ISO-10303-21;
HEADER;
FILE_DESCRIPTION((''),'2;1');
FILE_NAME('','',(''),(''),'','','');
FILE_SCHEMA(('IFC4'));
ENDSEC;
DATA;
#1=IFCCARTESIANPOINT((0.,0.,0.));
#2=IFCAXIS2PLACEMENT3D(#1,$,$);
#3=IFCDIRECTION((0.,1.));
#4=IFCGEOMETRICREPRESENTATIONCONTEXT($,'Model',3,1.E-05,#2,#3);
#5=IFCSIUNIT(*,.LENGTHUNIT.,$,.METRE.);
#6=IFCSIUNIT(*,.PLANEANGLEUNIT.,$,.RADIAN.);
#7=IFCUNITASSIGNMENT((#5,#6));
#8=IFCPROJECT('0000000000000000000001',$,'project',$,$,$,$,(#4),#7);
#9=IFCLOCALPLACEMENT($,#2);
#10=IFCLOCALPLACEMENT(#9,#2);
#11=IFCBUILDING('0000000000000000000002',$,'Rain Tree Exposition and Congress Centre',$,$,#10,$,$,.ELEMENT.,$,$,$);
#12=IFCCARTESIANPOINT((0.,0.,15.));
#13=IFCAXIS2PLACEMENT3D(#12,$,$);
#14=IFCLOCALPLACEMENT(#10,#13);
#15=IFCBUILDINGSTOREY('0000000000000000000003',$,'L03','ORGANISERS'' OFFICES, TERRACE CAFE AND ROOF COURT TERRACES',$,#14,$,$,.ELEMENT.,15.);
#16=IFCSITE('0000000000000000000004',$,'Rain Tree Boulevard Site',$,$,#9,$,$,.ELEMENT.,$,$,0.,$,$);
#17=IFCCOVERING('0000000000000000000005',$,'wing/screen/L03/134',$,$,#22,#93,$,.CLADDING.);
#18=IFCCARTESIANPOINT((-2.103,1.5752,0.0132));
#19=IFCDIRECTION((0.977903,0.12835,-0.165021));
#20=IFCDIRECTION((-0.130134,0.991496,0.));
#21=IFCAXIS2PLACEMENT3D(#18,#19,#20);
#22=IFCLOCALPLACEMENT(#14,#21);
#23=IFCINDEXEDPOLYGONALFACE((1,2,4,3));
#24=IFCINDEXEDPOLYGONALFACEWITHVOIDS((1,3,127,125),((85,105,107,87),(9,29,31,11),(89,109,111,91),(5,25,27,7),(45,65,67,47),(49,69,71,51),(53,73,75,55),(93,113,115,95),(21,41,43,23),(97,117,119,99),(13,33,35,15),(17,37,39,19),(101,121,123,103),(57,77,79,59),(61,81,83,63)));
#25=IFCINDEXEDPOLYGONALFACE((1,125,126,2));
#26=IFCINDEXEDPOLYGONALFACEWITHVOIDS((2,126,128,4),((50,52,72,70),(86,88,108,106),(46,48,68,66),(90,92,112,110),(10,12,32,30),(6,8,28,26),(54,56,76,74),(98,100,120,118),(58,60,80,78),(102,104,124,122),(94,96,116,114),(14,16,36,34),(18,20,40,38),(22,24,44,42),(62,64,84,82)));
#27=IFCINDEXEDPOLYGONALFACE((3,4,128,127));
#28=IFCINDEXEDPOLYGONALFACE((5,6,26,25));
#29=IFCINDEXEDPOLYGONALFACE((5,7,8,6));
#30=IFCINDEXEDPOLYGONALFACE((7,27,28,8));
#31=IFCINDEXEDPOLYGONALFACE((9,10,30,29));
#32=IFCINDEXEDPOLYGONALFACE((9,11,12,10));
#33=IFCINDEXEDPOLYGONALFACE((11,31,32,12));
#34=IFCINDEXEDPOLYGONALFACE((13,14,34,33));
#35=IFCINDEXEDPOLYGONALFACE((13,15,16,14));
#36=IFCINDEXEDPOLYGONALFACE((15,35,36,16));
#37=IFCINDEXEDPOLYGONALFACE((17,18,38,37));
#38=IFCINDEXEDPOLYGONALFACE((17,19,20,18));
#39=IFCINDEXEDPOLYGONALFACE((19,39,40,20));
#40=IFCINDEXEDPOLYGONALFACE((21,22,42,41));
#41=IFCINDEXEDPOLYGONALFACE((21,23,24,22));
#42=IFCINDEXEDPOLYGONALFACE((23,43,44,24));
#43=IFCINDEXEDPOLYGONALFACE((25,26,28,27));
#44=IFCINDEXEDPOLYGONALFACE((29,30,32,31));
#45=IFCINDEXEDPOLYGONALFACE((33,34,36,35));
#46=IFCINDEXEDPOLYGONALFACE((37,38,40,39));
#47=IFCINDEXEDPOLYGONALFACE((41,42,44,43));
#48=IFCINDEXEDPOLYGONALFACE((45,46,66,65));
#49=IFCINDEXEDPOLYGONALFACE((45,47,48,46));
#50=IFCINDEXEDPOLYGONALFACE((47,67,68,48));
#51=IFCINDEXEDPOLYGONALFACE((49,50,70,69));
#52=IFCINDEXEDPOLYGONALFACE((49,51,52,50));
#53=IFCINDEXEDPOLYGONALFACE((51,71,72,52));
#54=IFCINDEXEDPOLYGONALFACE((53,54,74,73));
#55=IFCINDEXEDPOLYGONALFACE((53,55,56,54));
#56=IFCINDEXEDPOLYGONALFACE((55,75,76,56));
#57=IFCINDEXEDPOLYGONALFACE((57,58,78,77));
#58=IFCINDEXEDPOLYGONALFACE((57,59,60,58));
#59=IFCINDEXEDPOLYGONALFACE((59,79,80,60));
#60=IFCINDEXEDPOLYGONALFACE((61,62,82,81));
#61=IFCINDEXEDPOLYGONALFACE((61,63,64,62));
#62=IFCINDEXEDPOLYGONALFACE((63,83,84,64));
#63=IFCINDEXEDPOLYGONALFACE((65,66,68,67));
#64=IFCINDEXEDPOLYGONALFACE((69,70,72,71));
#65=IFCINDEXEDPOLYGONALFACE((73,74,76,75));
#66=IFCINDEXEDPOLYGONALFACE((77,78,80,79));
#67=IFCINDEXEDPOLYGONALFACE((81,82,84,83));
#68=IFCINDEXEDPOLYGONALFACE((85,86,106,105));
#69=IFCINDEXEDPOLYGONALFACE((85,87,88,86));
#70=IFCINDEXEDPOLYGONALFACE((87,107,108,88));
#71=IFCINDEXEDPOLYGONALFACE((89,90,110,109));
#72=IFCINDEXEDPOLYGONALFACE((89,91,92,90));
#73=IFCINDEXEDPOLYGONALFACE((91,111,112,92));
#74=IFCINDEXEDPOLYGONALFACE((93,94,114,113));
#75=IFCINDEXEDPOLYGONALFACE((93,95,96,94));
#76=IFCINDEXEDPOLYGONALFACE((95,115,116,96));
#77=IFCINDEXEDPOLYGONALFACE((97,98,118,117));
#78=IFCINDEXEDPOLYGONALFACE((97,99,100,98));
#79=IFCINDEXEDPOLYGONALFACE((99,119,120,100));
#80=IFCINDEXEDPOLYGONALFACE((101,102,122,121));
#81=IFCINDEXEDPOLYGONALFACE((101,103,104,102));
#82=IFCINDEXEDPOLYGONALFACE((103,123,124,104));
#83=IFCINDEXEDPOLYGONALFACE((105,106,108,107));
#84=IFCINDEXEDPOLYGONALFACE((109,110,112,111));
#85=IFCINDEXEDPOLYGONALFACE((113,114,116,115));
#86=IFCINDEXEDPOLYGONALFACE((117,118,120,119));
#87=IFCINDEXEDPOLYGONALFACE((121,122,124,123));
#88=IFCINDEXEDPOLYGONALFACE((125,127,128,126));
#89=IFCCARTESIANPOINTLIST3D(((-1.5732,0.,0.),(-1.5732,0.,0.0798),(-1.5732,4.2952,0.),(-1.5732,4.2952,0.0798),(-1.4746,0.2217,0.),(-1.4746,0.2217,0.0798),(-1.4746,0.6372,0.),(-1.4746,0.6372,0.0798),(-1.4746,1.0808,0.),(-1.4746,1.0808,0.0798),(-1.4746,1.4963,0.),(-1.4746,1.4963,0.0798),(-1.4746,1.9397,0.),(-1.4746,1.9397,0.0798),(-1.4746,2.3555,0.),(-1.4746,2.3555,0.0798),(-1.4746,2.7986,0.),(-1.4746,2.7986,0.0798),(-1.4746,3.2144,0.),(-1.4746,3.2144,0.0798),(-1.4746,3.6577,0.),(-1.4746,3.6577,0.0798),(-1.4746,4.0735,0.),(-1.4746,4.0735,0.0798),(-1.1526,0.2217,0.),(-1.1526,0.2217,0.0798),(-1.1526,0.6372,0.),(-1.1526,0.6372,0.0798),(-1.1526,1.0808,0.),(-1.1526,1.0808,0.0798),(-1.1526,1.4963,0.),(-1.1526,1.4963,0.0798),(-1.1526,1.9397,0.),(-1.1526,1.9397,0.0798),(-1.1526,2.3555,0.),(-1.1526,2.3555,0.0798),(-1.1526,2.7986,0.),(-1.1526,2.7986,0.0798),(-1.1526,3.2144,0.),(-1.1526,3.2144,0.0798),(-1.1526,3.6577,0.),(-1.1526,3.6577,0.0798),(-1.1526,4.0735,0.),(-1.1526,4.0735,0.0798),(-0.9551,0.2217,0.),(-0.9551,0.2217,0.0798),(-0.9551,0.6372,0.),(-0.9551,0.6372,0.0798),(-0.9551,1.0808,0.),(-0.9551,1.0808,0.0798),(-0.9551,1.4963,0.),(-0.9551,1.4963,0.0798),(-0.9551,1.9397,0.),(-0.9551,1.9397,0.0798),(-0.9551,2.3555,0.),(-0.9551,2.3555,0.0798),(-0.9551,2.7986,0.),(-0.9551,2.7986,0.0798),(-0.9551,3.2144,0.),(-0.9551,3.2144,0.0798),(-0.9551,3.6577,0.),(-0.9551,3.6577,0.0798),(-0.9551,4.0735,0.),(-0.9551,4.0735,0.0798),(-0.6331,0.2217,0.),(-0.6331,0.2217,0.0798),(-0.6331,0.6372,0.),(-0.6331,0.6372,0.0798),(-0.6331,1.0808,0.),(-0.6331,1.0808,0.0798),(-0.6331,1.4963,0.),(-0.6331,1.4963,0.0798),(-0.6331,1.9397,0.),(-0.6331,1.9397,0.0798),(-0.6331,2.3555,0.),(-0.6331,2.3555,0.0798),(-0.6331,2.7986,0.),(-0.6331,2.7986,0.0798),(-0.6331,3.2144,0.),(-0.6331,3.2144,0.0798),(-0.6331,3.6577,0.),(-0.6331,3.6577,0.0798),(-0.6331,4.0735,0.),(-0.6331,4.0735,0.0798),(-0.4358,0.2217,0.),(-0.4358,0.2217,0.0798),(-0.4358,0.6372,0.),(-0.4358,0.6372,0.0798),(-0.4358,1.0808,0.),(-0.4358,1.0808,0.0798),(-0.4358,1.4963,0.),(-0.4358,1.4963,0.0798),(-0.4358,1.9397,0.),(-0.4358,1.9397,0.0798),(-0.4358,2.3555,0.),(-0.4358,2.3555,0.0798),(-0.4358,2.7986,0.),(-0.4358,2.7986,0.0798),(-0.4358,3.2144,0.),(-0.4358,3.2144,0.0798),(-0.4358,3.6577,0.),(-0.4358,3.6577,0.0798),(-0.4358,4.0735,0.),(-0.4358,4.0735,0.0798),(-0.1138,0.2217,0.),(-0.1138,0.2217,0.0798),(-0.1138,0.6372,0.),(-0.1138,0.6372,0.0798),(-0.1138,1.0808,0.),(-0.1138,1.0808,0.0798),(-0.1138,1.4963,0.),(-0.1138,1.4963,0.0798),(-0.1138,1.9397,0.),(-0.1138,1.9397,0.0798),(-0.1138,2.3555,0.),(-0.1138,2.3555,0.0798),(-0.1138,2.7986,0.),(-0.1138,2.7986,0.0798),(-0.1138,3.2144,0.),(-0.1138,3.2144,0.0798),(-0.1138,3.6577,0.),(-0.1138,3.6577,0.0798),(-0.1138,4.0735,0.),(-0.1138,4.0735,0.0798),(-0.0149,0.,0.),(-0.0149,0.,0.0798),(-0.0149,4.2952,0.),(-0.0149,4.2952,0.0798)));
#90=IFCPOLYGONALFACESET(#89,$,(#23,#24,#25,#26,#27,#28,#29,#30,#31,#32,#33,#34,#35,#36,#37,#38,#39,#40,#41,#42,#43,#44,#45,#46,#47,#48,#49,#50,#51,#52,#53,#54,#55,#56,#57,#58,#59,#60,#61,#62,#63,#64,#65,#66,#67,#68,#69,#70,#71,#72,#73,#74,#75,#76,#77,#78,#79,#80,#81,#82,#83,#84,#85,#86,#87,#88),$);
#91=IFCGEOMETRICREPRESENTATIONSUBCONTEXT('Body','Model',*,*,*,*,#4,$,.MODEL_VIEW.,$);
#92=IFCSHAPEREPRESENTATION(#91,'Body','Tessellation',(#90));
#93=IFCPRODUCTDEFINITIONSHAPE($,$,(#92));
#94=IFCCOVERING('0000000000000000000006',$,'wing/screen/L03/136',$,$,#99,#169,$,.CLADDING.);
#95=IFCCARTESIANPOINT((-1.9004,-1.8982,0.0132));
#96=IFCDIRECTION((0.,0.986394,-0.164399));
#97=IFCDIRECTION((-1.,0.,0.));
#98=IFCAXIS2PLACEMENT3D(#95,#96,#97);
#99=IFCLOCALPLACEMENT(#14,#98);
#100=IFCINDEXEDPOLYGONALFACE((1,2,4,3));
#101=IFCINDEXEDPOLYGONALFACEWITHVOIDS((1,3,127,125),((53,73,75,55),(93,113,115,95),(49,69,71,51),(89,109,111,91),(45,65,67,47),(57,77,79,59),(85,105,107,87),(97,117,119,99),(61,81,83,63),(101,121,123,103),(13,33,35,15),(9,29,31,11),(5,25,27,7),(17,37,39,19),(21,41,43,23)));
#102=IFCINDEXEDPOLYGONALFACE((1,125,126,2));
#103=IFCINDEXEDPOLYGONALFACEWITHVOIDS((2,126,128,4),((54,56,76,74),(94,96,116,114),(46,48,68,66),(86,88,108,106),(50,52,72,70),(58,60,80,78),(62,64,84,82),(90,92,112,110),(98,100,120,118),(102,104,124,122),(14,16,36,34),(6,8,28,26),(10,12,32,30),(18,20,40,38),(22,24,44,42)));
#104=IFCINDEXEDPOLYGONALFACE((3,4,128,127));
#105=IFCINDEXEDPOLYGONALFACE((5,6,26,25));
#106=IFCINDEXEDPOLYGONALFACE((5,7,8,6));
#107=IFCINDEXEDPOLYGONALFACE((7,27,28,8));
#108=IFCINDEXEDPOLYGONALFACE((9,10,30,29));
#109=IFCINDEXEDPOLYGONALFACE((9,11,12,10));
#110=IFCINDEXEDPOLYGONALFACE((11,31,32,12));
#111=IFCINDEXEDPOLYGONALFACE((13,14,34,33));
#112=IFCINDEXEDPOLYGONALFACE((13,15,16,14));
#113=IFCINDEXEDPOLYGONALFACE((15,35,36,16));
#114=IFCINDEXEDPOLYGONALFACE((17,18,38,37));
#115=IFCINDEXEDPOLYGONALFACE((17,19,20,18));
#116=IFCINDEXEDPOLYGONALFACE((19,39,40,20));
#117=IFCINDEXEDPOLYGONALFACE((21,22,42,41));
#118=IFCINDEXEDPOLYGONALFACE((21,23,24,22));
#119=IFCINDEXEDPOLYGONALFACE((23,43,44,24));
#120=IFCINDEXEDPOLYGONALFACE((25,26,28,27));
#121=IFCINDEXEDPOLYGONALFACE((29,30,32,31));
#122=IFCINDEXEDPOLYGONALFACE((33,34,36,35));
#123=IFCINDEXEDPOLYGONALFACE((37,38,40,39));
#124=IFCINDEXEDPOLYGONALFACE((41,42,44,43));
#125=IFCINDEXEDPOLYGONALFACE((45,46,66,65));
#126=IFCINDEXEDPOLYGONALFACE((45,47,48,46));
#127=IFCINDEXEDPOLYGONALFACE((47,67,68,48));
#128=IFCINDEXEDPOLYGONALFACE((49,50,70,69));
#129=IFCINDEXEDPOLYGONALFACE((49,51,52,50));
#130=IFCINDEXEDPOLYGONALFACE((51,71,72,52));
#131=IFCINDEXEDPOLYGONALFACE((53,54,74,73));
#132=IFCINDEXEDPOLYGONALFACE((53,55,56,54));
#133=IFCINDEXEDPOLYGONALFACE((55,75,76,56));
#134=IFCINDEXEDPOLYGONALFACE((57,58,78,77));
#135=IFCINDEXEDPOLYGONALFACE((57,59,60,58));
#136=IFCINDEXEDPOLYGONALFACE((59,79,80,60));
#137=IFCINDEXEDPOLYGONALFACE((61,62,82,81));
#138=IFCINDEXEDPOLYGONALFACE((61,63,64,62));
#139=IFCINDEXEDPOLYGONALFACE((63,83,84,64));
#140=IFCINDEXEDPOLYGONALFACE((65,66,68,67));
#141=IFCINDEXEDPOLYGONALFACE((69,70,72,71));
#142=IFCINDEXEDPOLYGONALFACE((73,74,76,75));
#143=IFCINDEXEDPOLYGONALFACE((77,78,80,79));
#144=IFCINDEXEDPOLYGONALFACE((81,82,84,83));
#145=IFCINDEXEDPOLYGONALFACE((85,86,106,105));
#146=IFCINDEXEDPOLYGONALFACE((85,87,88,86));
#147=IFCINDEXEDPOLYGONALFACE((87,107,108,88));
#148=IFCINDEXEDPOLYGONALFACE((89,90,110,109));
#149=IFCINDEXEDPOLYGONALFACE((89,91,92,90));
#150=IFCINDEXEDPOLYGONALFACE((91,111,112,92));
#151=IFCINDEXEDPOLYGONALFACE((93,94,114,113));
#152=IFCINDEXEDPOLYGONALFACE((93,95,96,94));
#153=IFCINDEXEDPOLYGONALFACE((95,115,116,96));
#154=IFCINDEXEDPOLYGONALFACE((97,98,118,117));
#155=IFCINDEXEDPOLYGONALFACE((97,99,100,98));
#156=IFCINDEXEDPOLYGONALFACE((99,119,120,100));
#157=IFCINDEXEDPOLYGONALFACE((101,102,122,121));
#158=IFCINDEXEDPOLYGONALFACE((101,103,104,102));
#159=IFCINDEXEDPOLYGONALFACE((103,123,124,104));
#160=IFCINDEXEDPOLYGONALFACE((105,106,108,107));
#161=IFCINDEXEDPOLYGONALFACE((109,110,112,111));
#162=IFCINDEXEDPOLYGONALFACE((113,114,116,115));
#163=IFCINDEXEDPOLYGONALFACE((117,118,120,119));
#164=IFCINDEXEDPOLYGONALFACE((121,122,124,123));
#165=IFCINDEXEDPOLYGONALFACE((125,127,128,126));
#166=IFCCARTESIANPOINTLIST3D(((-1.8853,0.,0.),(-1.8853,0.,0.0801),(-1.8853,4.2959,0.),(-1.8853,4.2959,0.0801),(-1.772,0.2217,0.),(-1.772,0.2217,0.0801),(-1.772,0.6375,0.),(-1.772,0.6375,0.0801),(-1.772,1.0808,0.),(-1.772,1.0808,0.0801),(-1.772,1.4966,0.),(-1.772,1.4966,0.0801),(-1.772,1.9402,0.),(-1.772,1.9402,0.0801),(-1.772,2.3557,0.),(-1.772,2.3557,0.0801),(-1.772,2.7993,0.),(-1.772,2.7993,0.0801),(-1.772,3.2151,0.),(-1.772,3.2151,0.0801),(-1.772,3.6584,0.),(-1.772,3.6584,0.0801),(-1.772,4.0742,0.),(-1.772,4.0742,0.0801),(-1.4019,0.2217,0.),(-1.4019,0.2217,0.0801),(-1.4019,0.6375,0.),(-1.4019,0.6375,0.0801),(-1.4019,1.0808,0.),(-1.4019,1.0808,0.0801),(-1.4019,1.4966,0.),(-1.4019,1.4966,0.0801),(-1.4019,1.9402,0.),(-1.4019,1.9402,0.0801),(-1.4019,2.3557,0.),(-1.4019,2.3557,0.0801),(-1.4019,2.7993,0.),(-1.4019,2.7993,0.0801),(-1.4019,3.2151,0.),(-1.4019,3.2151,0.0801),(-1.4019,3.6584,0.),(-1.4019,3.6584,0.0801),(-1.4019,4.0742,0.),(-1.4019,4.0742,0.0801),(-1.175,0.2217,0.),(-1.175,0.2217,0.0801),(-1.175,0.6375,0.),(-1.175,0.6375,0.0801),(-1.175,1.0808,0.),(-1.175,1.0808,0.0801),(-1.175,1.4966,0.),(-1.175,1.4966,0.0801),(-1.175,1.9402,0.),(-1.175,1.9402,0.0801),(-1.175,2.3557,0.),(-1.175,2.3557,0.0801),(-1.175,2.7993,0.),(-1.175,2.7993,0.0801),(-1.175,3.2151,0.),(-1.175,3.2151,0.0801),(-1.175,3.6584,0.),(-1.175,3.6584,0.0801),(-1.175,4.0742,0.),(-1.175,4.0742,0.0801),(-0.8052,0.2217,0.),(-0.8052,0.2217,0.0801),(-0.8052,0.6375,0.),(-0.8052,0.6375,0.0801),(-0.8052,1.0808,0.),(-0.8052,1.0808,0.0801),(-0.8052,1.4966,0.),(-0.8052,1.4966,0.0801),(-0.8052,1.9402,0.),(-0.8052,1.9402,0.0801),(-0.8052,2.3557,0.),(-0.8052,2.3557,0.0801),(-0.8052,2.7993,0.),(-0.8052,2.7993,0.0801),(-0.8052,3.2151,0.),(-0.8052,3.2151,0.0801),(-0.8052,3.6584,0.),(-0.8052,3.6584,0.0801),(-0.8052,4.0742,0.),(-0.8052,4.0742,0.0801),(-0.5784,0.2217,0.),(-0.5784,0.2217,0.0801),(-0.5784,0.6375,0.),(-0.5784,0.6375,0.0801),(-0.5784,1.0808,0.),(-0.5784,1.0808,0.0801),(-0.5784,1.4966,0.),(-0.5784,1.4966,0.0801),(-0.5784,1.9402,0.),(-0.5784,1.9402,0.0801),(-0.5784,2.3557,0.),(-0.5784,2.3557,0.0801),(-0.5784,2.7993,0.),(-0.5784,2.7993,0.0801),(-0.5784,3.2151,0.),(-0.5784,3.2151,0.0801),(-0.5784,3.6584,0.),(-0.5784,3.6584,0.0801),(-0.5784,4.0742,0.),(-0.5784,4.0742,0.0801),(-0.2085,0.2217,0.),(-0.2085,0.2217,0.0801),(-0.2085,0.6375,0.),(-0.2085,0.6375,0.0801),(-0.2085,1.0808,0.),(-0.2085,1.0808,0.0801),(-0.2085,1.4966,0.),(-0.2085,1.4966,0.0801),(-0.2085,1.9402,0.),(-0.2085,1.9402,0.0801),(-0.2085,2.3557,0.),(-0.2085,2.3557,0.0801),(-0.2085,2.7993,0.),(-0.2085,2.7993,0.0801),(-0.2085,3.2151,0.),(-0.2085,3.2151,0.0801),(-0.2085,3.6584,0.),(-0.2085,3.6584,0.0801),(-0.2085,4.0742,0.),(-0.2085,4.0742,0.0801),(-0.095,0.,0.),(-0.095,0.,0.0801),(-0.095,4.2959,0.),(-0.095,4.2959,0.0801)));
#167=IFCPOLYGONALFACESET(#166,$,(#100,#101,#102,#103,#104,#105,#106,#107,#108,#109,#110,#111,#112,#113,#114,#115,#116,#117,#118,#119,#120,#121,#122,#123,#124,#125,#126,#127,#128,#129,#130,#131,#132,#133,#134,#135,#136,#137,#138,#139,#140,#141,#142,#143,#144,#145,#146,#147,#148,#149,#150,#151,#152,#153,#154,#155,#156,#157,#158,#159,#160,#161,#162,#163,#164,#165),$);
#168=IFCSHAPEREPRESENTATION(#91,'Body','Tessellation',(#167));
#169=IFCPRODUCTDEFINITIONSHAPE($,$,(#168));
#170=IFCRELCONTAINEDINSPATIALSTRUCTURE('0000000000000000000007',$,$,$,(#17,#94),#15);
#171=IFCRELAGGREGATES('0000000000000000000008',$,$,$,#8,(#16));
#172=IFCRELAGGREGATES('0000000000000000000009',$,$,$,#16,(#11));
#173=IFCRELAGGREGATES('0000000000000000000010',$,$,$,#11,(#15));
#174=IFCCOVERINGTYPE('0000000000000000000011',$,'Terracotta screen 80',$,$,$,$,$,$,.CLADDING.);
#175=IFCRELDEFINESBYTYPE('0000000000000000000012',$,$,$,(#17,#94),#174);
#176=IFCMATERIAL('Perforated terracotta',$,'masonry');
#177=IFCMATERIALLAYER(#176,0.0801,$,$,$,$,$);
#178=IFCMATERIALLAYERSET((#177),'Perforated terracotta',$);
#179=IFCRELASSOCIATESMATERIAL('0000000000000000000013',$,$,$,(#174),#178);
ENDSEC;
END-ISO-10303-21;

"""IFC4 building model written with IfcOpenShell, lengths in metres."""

from ifc_helpers import new_model, si_unit, direction, frame, origin, place, context, subcontext, project, spatial, polyline, outline, extrude, material, layer, layer_set, type_object, element, save


model = new_model("IFC4")

# Units and contexts
model_context = context("Model", 3, precision=1e-05, world=origin(), true_north=direction((0.0, 1.0)))
body_context = subcontext(model_context, "Body", "Model", "MODEL_VIEW")
ifc_project = project(units=[si_unit("LENGTHUNIT", "METRE"), si_unit("PLANEANGLEUNIT", "RADIAN")], contexts=[model_context])

# Site, building, storey
site_placement = place(None, origin())
site = spatial("IfcSite", under=ifc_project, at=site_placement, Name="Rain Tree Boulevard Site", CompositionType="ELEMENT", RefElevation=0.0)
building_placement = place(site_placement, origin())
building = spatial("IfcBuilding", under=site, at=building_placement, Name="Rain Tree Exposition and Congress Centre", CompositionType="ELEMENT")
storey_placement = place(building_placement, frame((0.0, 0.0, 15.0)))
storey = spatial("IfcBuildingStorey", under=building, at=storey_placement, Name="L03", Description="ORGANISERS' OFFICES, TERRACE CAFE AND ROOF COURT TERRACES", CompositionType="ELEMENT", Elevation=15.0)

# Coverings
ifc_material_1 = material(Name="Perforated terracotta", Category="masonry")
ifc_layer_1 = layer(ifc_material_1, 0.0801)
ifc_layer_set_1 = layer_set([ifc_layer_1], Name="Perforated terracotta")
covering_type_1 = type_object("IfcCoveringType", Name="Terracotta screen 80", PredefinedType="CLADDING", material=ifc_layer_set_1)
covering_1_placement = place(storey_placement, frame((-2.103, 1.5752, 0.0132), z_axis=(0.977903, 0.12835, -0.165021), x_axis=(-0.130134, 0.991496, 0.0)))
element("IfcCovering", 1, at=covering_1_placement, inside=storey, type_object=covering_type_1, Name="wing/screen/L03/134", PredefinedType="CLADDING", context=body_context, shape_type="SweptSolid", body=[
    extrude(outline(polyline([(-1.5732, 0.0), (-1.5732, 4.2952), (-0.0149, 4.2952), (-0.0149, 0.0), (-1.5732, 0.0)]), holes=[polyline([(-0.1138, 0.2217), (-0.1138, 0.6372), (-0.4358, 0.6372), (-0.4358, 0.2217), (-0.1138, 0.2217)]), polyline([(-0.1138, 1.0808), (-0.1138, 1.4963), (-0.4358, 1.4963), (-0.4358, 1.0808), (-0.1138, 1.0808)]), polyline([(-0.1138, 1.9397), (-0.1138, 2.3555), (-0.4358, 2.3555), (-0.4358, 1.9397), (-0.1138, 1.9397)]), polyline([(-0.1138, 2.7986), (-0.1138, 3.2144), (-0.4358, 3.2144), (-0.4358, 2.7986), (-0.1138, 2.7986)]), polyline([(-0.1138, 3.6577), (-0.1138, 4.0735), (-0.4358, 4.0735), (-0.4358, 3.6577), (-0.1138, 3.6577)]), polyline([(-0.6331, 0.2217), (-0.6331, 0.6372), (-0.9551, 0.6372), (-0.9551, 0.2217), (-0.6331, 0.2217)]), polyline([(-0.6331, 1.0808), (-0.6331, 1.4963), (-0.9551, 1.4963), (-0.9551, 1.0808), (-0.6331, 1.0808)]), polyline([(-0.6331, 1.9397), (-0.6331, 2.3555), (-0.9551, 2.3555), (-0.9551, 1.9397), (-0.6331, 1.9397)]), polyline([(-0.6331, 2.7986), (-0.6331, 3.2144), (-0.9551, 3.2144), (-0.9551, 2.7986), (-0.6331, 2.7986)]), polyline([(-0.6331, 3.6577), (-0.6331, 4.0735), (-0.9551, 4.0735), (-0.9551, 3.6577), (-0.6331, 3.6577)]), polyline([(-1.1526, 0.2217), (-1.1526, 0.6372), (-1.4746, 0.6372), (-1.4746, 0.2217), (-1.1526, 0.2217)]), polyline([(-1.1526, 1.0808), (-1.1526, 1.4963), (-1.4746, 1.4963), (-1.4746, 1.0808), (-1.1526, 1.0808)]), polyline([(-1.1526, 1.9397), (-1.1526, 2.3555), (-1.4746, 2.3555), (-1.4746, 1.9397), (-1.1526, 1.9397)]), polyline([(-1.1526, 2.7986), (-1.1526, 3.2144), (-1.4746, 3.2144), (-1.4746, 2.7986), (-1.1526, 2.7986)]), polyline([(-1.1526, 3.6577), (-1.1526, 4.0735), (-1.4746, 4.0735), (-1.4746, 3.6577), (-1.1526, 3.6577)])]), origin(), (0.0, 0.0, 1.0), 0.0798),
])
covering_2_placement = place(storey_placement, frame((-1.9004, -1.8982, 0.0132), z_axis=(0.0, 0.986394, -0.164399), x_axis=(-1.0, 0.0, 0.0)))
element("IfcCovering", 2, at=covering_2_placement, inside=storey, type_object=covering_type_1, Name="wing/screen/L03/136", PredefinedType="CLADDING", context=body_context, shape_type="SweptSolid", body=[
    extrude(outline(polyline([(-1.8853, 0.0), (-1.8853, 4.2959), (-0.095, 4.2959), (-0.095, 0.0), (-1.8853, 0.0)]), holes=[polyline([(-0.2085, 0.2217), (-0.2085, 0.6375), (-0.5784, 0.6375), (-0.5784, 0.2217), (-0.2085, 0.2217)]), polyline([(-0.2085, 1.0808), (-0.2085, 1.4966), (-0.5784, 1.4966), (-0.5784, 1.0808), (-0.2085, 1.0808)]), polyline([(-0.2085, 1.9402), (-0.2085, 2.3557), (-0.5784, 2.3557), (-0.5784, 1.9402), (-0.2085, 1.9402)]), polyline([(-0.2085, 2.7993), (-0.2085, 3.2151), (-0.5784, 3.2151), (-0.5784, 2.7993), (-0.2085, 2.7993)]), polyline([(-0.2085, 3.6584), (-0.2085, 4.0742), (-0.5784, 4.0742), (-0.5784, 3.6584), (-0.2085, 3.6584)]), polyline([(-0.8052, 0.2217), (-0.8052, 0.6375), (-1.175, 0.6375), (-1.175, 0.2217), (-0.8052, 0.2217)]), polyline([(-0.8052, 1.0808), (-0.8052, 1.4966), (-1.175, 1.4966), (-1.175, 1.0808), (-0.8052, 1.0808)]), polyline([(-0.8052, 1.9402), (-0.8052, 2.3557), (-1.175, 2.3557), (-1.175, 1.9402), (-0.8052, 1.9402)]), polyline([(-0.8052, 2.7993), (-0.8052, 3.2151), (-1.175, 3.2151), (-1.175, 2.7993), (-0.8052, 2.7993)]), polyline([(-0.8052, 3.6584), (-0.8052, 4.0742), (-1.175, 4.0742), (-1.175, 3.6584), (-0.8052, 3.6584)]), polyline([(-1.4019, 0.2217), (-1.4019, 0.6375), (-1.772, 0.6375), (-1.772, 0.2217), (-1.4019, 0.2217)]), polyline([(-1.4019, 1.0808), (-1.4019, 1.4966), (-1.772, 1.4966), (-1.772, 1.0808), (-1.4019, 1.0808)]), polyline([(-1.4019, 1.9402), (-1.4019, 2.3557), (-1.772, 2.3557), (-1.772, 1.9402), (-1.4019, 1.9402)]), polyline([(-1.4019, 2.7993), (-1.4019, 3.2151), (-1.772, 3.2151), (-1.772, 2.7993), (-1.4019, 2.7993)]), polyline([(-1.4019, 3.6584), (-1.4019, 4.0742), (-1.772, 4.0742), (-1.772, 3.6584), (-1.4019, 3.6584)])]), origin(), (0.0, 0.0, 1.0), 0.0801),
])

save(model, "model.ifc")
